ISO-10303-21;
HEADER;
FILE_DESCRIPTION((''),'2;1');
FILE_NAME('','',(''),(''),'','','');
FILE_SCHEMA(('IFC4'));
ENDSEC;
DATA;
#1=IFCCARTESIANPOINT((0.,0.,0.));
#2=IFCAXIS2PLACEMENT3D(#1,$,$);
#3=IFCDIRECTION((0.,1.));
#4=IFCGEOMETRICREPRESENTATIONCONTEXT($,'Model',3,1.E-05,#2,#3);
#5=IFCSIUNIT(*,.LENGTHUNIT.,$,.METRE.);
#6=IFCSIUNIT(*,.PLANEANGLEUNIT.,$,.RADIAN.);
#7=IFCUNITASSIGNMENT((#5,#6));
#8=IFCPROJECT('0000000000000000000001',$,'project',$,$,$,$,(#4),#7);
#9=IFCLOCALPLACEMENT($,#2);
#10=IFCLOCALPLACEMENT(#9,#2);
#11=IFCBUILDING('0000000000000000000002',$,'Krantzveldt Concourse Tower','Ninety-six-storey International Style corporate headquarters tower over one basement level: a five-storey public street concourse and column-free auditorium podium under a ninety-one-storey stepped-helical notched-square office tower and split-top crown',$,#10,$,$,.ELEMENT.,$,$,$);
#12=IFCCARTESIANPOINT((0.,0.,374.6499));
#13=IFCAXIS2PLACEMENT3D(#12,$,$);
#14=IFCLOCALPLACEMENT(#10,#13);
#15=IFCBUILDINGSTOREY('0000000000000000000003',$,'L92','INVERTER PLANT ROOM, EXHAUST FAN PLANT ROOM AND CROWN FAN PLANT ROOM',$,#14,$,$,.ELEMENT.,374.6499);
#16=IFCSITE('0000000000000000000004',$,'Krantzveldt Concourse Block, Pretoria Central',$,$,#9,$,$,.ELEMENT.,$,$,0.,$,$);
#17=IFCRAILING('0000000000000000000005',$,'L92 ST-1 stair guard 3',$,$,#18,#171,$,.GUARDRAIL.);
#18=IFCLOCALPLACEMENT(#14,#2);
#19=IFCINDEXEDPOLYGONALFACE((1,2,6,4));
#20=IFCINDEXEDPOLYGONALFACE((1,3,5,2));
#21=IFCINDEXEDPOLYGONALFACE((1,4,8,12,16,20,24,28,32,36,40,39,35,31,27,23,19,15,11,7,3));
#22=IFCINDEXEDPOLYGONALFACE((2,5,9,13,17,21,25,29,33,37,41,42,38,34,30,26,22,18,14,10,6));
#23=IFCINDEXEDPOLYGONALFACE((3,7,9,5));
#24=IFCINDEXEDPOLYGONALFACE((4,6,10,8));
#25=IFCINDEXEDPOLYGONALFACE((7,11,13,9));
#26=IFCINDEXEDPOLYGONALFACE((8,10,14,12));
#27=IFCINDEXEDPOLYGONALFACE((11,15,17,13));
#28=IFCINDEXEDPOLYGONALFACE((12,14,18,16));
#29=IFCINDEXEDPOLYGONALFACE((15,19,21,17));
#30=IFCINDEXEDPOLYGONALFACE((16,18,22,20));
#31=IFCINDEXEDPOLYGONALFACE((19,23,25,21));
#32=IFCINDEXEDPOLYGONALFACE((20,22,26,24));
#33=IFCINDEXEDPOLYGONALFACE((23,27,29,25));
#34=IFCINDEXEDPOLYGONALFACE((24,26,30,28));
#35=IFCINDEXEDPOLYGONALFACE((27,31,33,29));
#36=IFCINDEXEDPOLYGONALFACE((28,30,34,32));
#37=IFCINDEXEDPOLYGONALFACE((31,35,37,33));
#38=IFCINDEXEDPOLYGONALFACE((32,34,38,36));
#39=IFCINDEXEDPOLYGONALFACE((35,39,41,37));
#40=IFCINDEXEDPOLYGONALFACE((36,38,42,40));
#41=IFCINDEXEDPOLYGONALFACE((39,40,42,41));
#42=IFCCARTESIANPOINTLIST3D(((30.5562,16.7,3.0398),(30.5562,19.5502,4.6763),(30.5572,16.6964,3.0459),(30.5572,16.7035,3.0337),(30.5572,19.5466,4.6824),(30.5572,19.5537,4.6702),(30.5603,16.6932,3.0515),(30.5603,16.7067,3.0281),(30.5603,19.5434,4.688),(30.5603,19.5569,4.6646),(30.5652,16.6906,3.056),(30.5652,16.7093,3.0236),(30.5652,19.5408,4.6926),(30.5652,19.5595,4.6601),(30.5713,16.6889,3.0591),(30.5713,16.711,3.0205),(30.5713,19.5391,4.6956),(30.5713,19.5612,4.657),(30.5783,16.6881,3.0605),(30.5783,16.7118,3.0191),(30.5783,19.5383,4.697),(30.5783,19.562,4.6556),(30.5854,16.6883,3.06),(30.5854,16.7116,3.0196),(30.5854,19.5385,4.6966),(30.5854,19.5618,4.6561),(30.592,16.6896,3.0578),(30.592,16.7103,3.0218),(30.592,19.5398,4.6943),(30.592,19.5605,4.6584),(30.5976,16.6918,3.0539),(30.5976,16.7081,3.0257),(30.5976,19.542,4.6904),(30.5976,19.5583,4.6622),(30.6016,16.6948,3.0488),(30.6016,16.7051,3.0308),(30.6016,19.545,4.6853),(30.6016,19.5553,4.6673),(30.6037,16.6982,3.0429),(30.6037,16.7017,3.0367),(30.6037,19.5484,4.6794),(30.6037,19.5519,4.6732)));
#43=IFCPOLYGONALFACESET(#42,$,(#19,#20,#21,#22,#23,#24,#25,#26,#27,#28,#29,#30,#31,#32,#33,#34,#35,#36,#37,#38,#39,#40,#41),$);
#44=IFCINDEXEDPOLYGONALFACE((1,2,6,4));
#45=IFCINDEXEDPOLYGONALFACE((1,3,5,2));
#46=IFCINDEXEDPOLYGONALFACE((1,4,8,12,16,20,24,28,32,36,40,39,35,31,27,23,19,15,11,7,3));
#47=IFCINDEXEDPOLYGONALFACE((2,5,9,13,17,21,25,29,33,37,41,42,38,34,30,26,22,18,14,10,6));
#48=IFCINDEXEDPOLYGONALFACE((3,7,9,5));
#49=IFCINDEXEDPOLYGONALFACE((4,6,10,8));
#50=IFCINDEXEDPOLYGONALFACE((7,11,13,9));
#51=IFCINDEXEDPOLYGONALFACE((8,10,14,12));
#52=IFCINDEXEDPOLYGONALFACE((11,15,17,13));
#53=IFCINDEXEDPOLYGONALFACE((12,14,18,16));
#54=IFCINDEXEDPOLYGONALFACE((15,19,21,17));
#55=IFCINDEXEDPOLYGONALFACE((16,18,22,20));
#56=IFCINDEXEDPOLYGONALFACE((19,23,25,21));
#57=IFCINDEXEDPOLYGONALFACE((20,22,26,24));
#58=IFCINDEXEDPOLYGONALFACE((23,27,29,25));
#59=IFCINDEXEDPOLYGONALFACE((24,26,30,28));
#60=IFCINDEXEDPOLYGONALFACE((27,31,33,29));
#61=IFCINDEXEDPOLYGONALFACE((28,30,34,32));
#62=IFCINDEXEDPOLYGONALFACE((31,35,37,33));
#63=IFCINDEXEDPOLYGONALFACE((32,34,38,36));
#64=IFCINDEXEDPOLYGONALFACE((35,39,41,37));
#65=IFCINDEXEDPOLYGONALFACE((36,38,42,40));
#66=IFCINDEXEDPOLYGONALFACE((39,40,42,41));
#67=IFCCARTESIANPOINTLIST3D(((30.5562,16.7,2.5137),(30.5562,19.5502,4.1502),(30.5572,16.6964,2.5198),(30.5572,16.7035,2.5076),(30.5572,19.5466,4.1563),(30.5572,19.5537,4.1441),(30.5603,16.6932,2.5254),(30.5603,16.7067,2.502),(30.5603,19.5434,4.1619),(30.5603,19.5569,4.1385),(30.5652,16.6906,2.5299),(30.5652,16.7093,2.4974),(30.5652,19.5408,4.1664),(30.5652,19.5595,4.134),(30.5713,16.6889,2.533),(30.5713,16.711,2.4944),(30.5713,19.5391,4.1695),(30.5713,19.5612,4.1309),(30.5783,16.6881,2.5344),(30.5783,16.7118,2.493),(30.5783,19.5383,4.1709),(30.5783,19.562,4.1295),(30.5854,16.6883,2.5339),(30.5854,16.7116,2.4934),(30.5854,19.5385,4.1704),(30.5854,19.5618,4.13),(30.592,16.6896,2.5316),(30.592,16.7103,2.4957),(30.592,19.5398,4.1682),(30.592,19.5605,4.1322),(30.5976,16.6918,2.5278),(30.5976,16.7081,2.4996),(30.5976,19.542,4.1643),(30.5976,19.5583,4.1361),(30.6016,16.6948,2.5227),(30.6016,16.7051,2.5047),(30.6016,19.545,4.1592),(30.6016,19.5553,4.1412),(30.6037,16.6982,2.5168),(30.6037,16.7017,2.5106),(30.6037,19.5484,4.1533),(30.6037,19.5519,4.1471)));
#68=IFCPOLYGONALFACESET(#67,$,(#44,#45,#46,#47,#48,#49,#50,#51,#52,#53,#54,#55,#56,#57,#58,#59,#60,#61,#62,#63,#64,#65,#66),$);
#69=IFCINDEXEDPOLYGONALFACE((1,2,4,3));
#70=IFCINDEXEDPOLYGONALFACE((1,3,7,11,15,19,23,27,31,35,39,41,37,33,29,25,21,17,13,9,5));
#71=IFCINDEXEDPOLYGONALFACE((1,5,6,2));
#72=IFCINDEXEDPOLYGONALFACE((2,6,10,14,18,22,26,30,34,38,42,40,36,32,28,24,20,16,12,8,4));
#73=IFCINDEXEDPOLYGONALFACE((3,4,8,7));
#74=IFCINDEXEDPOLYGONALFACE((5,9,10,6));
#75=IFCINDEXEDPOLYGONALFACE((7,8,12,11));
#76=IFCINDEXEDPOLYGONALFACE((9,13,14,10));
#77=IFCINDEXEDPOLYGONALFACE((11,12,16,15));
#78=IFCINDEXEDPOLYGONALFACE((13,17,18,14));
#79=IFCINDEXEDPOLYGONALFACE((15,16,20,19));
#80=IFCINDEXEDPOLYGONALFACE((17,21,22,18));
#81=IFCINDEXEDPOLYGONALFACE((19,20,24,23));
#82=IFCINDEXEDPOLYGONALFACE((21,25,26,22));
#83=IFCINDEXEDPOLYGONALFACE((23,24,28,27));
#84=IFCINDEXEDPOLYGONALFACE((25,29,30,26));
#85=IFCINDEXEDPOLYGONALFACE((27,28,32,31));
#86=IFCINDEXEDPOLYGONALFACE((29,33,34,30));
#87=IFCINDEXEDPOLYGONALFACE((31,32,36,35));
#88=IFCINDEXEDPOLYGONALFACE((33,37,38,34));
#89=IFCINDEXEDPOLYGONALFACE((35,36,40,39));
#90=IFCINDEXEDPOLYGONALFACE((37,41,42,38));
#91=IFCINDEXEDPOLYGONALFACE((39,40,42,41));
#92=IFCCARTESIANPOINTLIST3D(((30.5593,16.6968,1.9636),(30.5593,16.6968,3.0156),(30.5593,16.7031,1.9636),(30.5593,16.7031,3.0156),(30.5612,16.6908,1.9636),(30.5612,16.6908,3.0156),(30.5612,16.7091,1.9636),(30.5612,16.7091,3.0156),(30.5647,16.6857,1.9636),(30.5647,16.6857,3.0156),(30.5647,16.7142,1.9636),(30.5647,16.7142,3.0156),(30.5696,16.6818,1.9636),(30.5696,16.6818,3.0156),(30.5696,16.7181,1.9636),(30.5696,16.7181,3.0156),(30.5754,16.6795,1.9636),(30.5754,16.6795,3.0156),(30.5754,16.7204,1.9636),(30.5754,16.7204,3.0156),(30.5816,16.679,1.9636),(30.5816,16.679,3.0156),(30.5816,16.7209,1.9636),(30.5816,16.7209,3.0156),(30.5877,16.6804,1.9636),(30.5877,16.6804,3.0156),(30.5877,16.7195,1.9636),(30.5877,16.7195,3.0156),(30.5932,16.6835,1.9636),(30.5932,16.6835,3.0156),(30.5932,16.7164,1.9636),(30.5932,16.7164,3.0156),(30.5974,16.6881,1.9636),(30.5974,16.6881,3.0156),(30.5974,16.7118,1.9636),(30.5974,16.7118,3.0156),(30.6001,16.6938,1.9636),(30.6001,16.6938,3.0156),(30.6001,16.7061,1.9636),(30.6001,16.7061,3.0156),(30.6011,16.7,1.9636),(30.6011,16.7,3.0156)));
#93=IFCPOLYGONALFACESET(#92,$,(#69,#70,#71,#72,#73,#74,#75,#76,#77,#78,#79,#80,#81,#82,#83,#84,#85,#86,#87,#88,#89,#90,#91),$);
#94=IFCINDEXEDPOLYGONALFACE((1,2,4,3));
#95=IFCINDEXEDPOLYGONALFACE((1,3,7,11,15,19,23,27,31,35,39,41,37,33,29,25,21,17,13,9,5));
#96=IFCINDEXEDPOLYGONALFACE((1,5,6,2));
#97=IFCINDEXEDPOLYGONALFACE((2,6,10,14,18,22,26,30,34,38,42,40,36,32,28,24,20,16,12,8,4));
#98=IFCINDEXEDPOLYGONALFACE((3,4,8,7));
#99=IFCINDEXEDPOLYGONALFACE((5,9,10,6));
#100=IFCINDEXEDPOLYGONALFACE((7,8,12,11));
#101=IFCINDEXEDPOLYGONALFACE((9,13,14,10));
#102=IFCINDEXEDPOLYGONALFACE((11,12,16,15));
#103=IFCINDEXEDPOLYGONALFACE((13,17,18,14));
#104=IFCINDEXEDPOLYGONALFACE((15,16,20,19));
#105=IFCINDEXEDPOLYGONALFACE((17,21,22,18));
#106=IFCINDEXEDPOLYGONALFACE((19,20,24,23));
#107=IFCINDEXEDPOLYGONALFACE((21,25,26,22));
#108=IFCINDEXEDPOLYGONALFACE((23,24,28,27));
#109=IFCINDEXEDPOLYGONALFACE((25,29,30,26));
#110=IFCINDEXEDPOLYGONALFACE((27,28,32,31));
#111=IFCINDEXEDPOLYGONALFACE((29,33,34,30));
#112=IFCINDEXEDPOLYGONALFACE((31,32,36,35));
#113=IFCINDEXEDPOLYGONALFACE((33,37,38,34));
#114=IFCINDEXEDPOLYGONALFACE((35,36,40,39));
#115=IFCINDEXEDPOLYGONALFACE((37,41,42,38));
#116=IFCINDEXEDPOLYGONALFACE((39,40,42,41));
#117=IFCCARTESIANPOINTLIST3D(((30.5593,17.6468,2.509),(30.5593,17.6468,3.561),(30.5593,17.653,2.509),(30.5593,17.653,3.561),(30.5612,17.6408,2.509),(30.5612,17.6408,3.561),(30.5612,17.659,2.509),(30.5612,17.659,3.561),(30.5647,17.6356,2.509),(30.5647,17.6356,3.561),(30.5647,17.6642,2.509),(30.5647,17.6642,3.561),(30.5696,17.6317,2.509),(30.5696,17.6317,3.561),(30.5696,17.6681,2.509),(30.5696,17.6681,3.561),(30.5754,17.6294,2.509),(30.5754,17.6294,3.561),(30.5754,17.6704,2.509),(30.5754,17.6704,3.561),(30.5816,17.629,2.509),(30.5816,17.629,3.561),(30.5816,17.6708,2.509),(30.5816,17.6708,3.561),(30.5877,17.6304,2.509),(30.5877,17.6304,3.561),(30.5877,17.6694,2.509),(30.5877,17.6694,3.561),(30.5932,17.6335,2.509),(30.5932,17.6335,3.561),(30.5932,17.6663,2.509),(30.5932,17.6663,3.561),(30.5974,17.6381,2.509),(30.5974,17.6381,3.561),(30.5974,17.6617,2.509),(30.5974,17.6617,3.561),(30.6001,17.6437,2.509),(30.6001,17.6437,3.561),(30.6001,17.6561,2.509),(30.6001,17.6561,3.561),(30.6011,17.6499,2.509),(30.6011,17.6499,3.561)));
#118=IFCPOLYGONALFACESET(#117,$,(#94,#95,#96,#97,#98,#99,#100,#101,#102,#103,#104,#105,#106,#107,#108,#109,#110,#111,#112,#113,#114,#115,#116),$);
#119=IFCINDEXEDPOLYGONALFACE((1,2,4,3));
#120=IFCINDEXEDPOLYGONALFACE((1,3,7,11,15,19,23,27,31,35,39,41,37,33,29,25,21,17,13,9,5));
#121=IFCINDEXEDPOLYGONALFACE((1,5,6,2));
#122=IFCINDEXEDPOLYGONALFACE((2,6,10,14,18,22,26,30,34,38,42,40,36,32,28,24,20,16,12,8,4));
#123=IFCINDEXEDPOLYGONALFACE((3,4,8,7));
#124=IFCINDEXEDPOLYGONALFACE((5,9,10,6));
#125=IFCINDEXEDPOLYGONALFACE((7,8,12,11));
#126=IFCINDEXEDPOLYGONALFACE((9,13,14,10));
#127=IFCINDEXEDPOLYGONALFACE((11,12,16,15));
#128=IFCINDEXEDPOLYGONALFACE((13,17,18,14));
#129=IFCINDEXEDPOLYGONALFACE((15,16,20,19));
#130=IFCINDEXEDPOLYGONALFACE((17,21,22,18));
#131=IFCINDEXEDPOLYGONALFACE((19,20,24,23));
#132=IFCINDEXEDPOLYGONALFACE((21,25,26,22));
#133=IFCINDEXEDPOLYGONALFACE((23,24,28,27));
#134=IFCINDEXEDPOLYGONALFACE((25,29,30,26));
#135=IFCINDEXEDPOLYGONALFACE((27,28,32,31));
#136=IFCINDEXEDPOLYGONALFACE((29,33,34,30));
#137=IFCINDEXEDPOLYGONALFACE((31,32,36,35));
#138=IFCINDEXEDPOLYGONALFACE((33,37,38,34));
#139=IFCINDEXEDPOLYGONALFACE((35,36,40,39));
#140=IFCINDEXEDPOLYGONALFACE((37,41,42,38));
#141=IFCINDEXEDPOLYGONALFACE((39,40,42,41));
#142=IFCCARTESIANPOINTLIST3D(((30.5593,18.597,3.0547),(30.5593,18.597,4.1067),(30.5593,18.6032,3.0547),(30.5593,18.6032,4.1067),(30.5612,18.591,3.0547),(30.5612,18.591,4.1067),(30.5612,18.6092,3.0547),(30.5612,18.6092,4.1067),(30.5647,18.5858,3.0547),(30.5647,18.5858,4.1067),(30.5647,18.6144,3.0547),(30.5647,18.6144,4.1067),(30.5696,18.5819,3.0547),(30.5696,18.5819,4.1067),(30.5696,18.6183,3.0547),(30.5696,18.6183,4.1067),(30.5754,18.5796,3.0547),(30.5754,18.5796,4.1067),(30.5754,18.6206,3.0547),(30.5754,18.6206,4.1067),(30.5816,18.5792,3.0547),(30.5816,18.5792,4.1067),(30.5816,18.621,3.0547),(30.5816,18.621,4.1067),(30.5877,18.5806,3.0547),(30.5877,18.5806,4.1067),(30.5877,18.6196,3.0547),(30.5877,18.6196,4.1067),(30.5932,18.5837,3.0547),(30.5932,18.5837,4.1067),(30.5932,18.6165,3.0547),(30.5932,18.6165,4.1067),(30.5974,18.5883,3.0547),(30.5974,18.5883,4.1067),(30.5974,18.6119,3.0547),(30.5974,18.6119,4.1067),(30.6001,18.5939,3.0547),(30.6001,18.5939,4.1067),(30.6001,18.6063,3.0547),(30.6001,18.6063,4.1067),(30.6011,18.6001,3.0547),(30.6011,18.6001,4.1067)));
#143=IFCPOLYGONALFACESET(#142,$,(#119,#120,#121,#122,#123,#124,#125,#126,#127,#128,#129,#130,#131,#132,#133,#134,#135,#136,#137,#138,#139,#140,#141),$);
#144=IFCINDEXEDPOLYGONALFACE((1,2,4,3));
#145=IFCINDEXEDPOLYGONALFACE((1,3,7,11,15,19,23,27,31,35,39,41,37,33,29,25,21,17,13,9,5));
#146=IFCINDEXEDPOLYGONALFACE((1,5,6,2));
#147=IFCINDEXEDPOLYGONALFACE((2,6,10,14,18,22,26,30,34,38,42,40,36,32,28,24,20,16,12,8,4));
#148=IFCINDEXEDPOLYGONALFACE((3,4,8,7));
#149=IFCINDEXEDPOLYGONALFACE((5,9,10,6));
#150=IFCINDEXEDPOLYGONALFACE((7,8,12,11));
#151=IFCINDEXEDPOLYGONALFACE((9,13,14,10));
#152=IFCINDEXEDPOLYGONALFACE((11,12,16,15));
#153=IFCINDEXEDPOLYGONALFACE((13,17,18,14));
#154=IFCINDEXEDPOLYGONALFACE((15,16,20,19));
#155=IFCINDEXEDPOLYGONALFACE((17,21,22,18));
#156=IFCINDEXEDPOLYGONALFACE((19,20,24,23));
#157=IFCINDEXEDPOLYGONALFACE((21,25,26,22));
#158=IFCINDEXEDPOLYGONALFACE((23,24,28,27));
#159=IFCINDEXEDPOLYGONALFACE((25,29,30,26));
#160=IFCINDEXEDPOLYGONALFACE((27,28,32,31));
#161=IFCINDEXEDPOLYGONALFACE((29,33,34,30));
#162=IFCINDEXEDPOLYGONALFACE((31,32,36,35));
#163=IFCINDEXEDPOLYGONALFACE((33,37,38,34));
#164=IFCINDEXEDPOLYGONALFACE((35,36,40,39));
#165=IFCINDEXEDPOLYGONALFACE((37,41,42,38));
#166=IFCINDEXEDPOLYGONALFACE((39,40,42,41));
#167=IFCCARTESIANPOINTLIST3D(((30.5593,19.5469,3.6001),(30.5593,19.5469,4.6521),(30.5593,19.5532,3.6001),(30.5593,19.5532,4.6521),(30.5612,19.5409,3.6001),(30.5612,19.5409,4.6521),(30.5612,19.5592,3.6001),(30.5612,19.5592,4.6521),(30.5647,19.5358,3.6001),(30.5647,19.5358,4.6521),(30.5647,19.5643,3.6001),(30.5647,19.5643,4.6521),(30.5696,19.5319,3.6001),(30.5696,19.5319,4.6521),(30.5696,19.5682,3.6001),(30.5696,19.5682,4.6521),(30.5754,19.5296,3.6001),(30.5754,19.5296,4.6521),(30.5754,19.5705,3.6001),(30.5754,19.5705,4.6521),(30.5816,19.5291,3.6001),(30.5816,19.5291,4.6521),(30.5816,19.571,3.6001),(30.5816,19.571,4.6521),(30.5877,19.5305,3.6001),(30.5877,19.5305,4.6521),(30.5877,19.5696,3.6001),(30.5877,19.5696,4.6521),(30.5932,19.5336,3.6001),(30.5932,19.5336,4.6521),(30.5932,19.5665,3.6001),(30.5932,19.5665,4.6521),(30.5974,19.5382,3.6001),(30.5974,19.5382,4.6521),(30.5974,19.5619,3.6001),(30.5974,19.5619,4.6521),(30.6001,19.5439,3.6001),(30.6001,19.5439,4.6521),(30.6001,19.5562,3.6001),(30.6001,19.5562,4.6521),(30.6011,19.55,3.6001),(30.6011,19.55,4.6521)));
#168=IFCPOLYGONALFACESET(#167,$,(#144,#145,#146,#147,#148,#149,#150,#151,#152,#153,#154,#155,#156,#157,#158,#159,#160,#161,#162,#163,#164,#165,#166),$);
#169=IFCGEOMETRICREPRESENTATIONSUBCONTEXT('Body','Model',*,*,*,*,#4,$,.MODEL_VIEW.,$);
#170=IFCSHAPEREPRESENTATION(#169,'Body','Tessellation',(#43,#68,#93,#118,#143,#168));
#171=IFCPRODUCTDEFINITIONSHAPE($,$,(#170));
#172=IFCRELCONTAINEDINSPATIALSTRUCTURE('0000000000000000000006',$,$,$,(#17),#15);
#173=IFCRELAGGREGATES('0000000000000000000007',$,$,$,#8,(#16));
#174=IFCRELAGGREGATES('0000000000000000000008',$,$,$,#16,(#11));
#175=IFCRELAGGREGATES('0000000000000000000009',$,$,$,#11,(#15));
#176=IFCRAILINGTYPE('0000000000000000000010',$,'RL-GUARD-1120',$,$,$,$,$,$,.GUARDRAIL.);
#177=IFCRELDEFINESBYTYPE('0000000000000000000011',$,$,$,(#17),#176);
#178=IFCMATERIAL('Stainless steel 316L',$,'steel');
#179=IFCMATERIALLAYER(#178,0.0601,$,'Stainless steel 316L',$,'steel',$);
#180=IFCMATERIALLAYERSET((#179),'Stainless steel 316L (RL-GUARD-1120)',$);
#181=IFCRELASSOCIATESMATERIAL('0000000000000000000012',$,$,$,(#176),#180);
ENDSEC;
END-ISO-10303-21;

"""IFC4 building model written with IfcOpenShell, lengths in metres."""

from ifc_helpers import new_model, si_unit, direction, frame, origin, origin_2d, place, context, subcontext, project, spatial, circle, extrude, material, layer, layer_set, type_object, element, save


model = new_model("IFC4")

# Units and contexts
model_context = context("Model", 3, precision=1e-05, world=origin(), true_north=direction((0.0, 1.0)))
body_context = subcontext(model_context, "Body", "Model", "MODEL_VIEW")
ifc_project = project(units=[si_unit("LENGTHUNIT", "METRE"), si_unit("PLANEANGLEUNIT", "RADIAN")], contexts=[model_context])

# Site, building, storey
site_placement = place(None, origin())
site = spatial("IfcSite", under=ifc_project, at=site_placement, Name="Krantzveldt Concourse Block, Pretoria Central", CompositionType="ELEMENT", RefElevation=0.0)
building_placement = place(site_placement, origin())
building = spatial("IfcBuilding", under=site, at=building_placement, Name="Krantzveldt Concourse Tower", Description="Ninety-six-storey International Style corporate headquarters tower over one basement level: a five-storey public street concourse and column-free auditorium podium under a ninety-one-storey stepped-helical notched-square office tower and split-top crown", CompositionType="ELEMENT")
storey_placement = place(building_placement, frame((0.0, 0.0, 374.6499)))
storey = spatial("IfcBuildingStorey", under=building, at=storey_placement, Name="L92", Description="INVERTER PLANT ROOM, EXHAUST FAN PLANT ROOM AND CROWN FAN PLANT ROOM", CompositionType="ELEMENT", Elevation=374.6499)

# Shared definitions
ifc_material_1 = material(Name="Stainless steel 316L", Category="steel")

# Railing
ifc_layer_1 = layer(ifc_material_1, 0.0601, Name="Stainless steel 316L", Category="steel")
ifc_layer_set_1 = layer_set([ifc_layer_1], Name="Stainless steel 316L (RL-GUARD-1120)")
railing_type_1 = type_object("IfcRailingType", Name="RL-GUARD-1120", PredefinedType="GUARDRAIL", material=ifc_layer_set_1)
railing_1_placement = place(storey_placement, frame((30.5801, 16.7, 1.9636)))
element("IfcRailing", 1, at=railing_1_placement, inside=storey, type_object=railing_type_1, Name="L92 ST-1 stair guard 3", PredefinedType="GUARDRAIL", context=body_context, shape_type="SweptSolid", body=[
    extrude(circle(Radius=0.0239, at=origin_2d()), frame((0.0, 0.0, 1.0762), z_axis=(0.0, 0.867213, 0.497938), x_axis=(-1.0, 0.0, 0.0)), (0.0, 0.0, 1.0), 3.2866),
    extrude(circle(Radius=0.0239, at=origin_2d()), frame((0.0, 0.0, 0.55), z_axis=(0.0, 0.867213, 0.497938), x_axis=(-1.0, 0.0, 0.0)), (0.0, 0.0, 1.0), 3.2866),
    extrude(circle(Radius=0.021, at=origin_2d()), origin(), (0.0, 0.0, 1.0), 1.052),
    extrude(circle(Radius=0.021, at=origin_2d()), frame((0.0, 0.95, 0.5454)), (0.0, 0.0, 1.0), 1.052),
    extrude(circle(Radius=0.021, at=origin_2d()), frame((0.0, 1.9001, 1.0911)), (0.0, 0.0, 1.0), 1.052),
    extrude(circle(Radius=0.021, at=origin_2d()), frame((0.0, 2.8501, 1.6365)), (0.0, 0.0, 1.0), 1.052),
])

save(model, "model.ifc")
